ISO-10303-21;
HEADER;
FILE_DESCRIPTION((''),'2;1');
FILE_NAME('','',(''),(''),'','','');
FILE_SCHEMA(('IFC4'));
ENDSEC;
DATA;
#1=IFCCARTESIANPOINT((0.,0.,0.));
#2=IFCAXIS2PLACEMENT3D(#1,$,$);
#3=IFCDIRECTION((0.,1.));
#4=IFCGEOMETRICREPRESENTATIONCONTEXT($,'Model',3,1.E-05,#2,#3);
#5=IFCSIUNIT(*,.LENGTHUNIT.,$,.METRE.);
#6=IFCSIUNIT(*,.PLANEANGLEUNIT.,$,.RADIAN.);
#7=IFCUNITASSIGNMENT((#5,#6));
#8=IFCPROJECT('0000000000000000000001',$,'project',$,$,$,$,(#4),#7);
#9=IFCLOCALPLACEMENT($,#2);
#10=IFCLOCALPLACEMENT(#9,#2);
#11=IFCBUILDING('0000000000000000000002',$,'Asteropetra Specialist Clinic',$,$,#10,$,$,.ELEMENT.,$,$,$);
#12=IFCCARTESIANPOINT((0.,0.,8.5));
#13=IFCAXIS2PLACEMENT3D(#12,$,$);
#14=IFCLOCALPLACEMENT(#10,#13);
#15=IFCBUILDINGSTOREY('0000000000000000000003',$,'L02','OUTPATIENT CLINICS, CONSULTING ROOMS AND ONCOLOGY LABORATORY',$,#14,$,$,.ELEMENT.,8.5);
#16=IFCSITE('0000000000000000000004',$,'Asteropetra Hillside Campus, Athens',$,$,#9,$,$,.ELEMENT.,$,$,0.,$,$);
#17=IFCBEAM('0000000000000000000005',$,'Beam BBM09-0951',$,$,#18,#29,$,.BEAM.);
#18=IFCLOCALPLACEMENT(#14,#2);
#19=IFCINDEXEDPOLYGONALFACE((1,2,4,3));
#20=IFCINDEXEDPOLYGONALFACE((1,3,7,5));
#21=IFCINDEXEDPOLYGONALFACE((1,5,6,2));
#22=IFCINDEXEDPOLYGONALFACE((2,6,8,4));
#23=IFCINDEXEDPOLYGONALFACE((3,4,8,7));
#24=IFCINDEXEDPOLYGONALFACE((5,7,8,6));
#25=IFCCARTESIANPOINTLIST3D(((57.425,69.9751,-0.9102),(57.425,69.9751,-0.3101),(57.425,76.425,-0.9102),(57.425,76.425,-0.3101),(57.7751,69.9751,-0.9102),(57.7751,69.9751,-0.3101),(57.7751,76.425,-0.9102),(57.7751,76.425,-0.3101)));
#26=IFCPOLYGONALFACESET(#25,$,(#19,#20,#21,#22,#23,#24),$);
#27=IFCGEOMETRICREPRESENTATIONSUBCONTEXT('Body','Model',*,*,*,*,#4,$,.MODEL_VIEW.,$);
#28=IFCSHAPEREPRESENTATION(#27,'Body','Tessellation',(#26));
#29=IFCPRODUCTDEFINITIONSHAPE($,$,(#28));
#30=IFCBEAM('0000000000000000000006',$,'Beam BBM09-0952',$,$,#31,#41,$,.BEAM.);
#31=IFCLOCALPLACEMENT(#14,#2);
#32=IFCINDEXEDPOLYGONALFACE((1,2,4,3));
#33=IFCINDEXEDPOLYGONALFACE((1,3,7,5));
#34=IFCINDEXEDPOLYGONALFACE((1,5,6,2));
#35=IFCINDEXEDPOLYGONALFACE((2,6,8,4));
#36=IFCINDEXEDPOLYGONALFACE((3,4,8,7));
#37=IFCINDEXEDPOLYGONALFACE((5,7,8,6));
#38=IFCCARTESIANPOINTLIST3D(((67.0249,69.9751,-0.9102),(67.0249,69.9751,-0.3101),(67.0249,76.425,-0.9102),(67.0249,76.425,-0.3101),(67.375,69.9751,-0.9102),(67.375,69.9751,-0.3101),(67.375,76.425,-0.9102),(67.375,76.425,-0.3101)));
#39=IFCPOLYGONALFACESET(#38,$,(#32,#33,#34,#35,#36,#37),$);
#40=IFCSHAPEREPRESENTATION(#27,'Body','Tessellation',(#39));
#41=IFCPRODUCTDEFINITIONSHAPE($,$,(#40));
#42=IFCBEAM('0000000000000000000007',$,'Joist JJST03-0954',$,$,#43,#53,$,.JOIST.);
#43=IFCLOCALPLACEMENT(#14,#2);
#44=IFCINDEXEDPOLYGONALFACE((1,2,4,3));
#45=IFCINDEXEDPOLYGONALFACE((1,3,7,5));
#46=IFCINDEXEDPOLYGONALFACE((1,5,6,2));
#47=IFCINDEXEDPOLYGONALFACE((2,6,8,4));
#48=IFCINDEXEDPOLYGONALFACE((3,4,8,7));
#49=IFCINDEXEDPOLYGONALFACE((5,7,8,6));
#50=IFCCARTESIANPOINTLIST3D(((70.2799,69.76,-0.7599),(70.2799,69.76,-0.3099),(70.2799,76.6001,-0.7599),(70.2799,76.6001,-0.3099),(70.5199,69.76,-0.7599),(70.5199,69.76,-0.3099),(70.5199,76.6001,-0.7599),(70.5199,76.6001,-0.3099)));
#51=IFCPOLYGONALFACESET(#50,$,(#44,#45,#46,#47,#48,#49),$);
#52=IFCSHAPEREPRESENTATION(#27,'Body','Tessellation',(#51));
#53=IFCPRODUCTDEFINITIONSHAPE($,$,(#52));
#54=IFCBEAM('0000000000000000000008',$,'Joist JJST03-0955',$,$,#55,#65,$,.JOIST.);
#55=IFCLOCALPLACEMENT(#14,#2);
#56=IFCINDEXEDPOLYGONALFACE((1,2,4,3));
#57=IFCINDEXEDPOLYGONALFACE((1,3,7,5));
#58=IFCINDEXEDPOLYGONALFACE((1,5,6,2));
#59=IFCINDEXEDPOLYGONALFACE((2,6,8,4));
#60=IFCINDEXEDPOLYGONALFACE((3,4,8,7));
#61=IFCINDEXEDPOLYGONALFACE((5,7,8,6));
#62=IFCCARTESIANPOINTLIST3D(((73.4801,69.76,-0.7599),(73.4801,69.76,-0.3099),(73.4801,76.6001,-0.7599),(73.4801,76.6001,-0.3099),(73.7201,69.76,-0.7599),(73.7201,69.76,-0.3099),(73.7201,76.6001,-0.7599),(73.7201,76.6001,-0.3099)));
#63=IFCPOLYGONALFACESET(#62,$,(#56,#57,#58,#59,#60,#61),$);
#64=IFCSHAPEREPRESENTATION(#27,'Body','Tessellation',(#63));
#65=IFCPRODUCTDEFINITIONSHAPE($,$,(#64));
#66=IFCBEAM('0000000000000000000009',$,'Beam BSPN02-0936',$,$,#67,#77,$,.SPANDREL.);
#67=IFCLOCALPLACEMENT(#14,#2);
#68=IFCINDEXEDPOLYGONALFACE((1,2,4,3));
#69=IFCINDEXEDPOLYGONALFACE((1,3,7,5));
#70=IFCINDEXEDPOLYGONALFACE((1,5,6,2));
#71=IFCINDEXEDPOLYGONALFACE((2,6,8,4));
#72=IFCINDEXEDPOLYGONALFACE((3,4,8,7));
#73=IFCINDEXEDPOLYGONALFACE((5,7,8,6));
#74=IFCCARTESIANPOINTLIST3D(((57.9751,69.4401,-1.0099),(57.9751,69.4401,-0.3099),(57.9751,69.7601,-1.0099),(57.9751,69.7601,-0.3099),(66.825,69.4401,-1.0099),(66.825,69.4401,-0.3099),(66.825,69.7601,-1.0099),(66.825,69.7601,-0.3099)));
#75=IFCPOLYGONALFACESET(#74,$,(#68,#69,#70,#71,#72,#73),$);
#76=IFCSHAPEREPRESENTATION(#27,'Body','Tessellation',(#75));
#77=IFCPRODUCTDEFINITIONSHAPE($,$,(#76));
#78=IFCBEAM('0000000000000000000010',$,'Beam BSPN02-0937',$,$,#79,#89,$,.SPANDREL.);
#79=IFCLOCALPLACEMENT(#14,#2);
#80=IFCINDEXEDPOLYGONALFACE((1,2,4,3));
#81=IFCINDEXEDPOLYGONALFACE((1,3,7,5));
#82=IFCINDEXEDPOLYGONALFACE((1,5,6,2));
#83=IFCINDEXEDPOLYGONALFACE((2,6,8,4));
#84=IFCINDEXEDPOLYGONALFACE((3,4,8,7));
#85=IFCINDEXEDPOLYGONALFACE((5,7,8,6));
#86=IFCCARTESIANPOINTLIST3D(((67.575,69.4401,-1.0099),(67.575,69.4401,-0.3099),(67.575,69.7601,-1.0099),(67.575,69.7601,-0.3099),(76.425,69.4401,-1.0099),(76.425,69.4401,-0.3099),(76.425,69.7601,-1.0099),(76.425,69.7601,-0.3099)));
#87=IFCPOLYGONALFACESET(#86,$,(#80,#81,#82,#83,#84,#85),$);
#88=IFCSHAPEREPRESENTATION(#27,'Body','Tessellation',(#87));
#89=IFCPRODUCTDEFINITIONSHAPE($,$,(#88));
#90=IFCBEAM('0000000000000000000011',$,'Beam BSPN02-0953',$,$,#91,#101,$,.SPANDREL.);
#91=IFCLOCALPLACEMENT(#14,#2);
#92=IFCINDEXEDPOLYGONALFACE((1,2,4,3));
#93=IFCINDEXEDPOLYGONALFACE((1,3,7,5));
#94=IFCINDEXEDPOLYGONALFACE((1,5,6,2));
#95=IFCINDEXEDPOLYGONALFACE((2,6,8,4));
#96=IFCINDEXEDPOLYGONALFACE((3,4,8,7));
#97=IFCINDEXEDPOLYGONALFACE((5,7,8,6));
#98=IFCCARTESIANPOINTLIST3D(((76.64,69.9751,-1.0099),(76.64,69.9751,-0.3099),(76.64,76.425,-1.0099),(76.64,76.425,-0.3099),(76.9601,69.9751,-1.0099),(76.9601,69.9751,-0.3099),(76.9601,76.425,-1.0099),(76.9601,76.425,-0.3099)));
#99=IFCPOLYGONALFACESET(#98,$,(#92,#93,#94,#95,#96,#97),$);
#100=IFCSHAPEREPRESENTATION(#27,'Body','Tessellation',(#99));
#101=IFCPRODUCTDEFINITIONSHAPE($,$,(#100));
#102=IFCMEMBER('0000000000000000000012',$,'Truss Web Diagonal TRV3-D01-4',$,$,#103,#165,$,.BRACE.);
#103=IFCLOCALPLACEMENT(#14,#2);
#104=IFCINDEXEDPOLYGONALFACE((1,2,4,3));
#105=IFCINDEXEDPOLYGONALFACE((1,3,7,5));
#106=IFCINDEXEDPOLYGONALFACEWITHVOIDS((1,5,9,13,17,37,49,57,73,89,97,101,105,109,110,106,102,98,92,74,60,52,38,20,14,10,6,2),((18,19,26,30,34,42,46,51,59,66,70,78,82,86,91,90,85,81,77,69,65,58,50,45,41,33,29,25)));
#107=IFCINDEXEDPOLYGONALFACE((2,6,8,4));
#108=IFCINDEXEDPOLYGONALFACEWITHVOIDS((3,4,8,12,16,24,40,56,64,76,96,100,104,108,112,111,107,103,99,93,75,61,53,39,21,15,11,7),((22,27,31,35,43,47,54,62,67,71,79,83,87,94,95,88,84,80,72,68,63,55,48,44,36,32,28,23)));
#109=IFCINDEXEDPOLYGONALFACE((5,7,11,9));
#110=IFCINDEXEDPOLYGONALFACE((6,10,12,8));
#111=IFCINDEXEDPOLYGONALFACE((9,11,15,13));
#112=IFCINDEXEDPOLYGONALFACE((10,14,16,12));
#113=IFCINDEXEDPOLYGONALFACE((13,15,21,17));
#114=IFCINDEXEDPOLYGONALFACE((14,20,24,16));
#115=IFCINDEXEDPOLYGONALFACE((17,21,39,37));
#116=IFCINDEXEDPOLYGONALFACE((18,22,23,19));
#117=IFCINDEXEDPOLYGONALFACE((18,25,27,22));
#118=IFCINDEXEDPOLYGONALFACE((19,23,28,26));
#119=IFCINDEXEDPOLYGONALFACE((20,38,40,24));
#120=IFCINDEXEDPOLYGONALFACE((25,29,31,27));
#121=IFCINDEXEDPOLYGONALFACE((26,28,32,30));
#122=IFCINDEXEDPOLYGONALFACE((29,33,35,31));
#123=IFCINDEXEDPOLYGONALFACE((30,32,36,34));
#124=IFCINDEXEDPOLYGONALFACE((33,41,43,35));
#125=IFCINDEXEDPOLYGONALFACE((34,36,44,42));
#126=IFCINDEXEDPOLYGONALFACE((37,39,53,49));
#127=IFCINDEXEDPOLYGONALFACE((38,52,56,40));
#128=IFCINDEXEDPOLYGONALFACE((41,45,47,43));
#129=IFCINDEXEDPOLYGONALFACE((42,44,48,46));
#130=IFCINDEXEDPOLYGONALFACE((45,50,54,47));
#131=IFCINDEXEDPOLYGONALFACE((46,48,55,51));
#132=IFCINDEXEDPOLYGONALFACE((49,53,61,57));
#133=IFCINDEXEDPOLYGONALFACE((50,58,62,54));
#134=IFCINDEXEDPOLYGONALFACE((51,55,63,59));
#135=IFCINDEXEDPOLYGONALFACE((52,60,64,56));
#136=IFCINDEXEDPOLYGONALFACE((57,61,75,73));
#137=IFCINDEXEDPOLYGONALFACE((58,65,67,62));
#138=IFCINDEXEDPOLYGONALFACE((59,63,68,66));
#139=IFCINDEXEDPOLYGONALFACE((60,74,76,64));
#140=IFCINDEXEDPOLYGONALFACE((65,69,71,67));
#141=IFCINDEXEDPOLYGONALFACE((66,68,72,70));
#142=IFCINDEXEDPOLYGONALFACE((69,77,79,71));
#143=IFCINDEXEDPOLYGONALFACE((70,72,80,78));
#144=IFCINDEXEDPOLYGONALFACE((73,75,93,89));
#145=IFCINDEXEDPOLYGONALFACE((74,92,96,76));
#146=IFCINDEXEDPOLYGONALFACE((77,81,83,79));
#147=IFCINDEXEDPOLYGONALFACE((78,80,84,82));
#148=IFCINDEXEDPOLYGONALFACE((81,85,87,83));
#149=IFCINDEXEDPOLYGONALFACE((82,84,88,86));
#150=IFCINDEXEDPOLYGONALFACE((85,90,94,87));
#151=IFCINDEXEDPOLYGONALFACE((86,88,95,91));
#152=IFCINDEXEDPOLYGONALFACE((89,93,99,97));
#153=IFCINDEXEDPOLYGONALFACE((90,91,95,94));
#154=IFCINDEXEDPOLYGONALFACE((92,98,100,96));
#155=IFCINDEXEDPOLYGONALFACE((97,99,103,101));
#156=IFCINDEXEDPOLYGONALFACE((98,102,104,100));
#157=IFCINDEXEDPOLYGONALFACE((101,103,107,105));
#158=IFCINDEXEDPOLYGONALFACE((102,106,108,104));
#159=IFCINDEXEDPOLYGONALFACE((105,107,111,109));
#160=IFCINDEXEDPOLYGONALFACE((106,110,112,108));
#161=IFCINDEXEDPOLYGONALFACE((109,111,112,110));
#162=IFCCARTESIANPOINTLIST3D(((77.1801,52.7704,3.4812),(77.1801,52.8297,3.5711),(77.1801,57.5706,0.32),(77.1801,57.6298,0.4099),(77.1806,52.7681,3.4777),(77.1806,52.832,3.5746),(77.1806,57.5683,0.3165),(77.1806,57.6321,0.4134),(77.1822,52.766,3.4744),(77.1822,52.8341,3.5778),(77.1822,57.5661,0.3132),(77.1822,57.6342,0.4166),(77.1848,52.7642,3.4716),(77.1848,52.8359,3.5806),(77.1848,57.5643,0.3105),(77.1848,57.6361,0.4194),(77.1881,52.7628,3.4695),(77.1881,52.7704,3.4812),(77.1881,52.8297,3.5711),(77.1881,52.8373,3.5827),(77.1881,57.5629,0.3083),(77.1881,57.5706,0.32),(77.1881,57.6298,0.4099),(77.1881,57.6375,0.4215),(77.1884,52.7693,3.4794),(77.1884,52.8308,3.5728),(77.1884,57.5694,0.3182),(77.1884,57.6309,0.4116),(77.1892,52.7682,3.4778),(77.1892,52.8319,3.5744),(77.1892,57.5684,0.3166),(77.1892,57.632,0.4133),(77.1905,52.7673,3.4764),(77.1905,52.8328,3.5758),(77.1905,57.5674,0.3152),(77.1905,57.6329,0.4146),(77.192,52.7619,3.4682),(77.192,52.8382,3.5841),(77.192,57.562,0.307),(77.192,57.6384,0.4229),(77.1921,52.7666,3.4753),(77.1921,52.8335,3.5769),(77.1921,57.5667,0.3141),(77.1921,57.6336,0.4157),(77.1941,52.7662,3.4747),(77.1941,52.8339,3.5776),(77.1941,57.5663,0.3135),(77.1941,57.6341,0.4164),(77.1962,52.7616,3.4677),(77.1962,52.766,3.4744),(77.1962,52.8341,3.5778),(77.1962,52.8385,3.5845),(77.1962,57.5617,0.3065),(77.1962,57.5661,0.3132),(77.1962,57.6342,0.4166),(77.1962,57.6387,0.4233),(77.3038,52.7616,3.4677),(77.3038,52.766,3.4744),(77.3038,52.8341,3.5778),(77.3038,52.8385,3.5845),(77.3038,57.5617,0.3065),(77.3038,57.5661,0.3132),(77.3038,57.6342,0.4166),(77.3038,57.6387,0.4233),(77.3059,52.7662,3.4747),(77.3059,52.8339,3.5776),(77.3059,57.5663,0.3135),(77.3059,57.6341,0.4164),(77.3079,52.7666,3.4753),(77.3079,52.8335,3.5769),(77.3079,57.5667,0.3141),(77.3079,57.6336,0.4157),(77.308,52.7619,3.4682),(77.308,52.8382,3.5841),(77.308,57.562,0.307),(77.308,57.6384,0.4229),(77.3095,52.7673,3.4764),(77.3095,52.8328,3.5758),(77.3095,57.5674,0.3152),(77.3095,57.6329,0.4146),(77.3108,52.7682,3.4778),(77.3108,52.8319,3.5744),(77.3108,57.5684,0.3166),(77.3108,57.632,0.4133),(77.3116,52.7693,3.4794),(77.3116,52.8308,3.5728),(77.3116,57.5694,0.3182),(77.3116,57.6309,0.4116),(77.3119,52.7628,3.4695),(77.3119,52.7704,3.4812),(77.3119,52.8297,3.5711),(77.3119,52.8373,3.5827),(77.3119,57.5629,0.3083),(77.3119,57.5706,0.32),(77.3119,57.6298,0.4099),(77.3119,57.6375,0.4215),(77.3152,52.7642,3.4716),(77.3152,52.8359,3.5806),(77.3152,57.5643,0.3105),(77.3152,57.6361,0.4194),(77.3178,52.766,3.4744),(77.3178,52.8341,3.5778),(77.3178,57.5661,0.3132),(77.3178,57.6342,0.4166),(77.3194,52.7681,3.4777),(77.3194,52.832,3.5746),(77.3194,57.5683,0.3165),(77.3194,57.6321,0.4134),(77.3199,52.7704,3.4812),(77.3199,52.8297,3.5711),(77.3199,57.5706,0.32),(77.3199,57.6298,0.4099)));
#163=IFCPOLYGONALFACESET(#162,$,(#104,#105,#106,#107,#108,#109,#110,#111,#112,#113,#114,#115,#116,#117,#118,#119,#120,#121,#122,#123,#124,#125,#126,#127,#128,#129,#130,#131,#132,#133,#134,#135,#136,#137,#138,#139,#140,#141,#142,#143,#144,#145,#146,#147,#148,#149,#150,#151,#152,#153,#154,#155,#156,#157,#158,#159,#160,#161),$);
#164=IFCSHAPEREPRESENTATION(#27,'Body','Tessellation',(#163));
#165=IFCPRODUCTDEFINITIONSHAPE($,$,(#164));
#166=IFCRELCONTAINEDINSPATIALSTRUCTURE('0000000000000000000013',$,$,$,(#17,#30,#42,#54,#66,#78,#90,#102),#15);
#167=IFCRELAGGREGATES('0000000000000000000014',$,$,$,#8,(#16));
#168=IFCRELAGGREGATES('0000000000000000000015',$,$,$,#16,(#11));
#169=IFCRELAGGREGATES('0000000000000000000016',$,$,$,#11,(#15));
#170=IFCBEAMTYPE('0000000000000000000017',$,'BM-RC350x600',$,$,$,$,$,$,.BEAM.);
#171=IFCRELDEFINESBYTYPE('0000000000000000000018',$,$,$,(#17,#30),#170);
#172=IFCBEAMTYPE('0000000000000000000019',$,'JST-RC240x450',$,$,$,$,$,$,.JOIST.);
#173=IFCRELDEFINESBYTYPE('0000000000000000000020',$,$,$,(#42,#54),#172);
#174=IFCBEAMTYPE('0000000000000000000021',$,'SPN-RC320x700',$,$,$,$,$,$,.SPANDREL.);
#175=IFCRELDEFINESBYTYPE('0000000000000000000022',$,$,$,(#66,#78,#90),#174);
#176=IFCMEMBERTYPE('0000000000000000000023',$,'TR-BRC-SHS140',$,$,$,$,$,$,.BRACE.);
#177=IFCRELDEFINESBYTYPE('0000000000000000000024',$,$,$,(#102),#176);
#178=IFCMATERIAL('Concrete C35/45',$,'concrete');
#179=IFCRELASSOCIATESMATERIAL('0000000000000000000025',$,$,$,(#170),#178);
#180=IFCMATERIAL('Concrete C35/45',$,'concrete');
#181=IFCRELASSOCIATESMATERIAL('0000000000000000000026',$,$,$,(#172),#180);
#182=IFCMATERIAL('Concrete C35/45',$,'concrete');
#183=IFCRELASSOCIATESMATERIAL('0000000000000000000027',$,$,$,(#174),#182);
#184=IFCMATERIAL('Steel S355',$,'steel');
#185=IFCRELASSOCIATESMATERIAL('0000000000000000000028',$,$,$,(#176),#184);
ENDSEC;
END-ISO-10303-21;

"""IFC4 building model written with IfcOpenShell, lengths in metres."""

from ifc_helpers import new_model, si_unit, direction, frame, origin, origin_2d, place, context, subcontext, project, spatial, rectangle, hollow_rectangle, extrude, material, material_profile, profile_set, type_object, element, save


model = new_model("IFC4")

# Units and contexts
model_context = context("Model", 3, precision=1e-05, world=origin(), true_north=direction((0.0, 1.0)))
body_context = subcontext(model_context, "Body", "Model", "MODEL_VIEW")
ifc_project = project(units=[si_unit("LENGTHUNIT", "METRE"), si_unit("PLANEANGLEUNIT", "RADIAN")], contexts=[model_context])

# Site, building, storey
site_placement = place(None, origin())
site = spatial("IfcSite", under=ifc_project, at=site_placement, Name="Asteropetra Hillside Campus, Athens", CompositionType="ELEMENT", RefElevation=0.0)
building_placement = place(site_placement, origin())
building = spatial("IfcBuilding", under=site, at=building_placement, Name="Asteropetra Specialist Clinic", CompositionType="ELEMENT")
storey_placement = place(building_placement, frame((0.0, 0.0, 8.5)))
storey = spatial("IfcBuildingStorey", under=building, at=storey_placement, Name="L02", Description="OUTPATIENT CLINICS, CONSULTING ROOMS AND ONCOLOGY LABORATORY", CompositionType="ELEMENT", Elevation=8.5)

# Beams
ifc_material_1 = material(Name="Concrete C35/45", Category="concrete")
ifc_material_profile_1 = material_profile(ifc_material_1, rectangle(XDim=0.3501, YDim=0.6001, at=origin_2d()), Name="RCB 350x600")
ifc_profile_set_1 = profile_set([ifc_material_profile_1], Name="Concrete C35/45")
beam_type_1 = type_object("IfcBeamType", Name="BM-RC350x600", PredefinedType="BEAM", material=ifc_profile_set_1)
for number, where, z_axis, x_axis, name in (
    (1, (57.6001, 69.9751, -0.6101), (0.0, 1.0, 0.0), (-1.0, 0.0, 0.0), "Beam BBM09-0951"),
    (2, (67.2, 69.9751, -0.6101), (0.0, 1.0, 0.0), (-1.0, 0.0, 0.0), "Beam BBM09-0952"),
):
    element("IfcBeam", number, at=place(storey_placement, frame(where, z_axis=z_axis, x_axis=x_axis)), inside=storey, type_object=beam_type_1, Name=name, PredefinedType="BEAM", context=body_context, shape_type="SweptSolid", body=[
        extrude(rectangle(XDim=0.3501, YDim=0.6001, at=origin_2d()), origin(), (0.0, 0.0, 1.0), 6.45),
    ])
ifc_material_2 = material(Name="Concrete C35/45", Category="concrete")
ifc_material_profile_2 = material_profile(ifc_material_2, rectangle(XDim=0.24, YDim=0.45, at=origin_2d()), Name="RCJ 240x450")
ifc_profile_set_2 = profile_set([ifc_material_profile_2], Name="Concrete C35/45")
beam_type_2 = type_object("IfcBeamType", Name="JST-RC240x450", PredefinedType="JOIST", material=ifc_profile_set_2)
for number, where, z_axis, x_axis, name in (
    (3, (70.3999, 69.76, -0.5349), (0.0, 1.0, 0.0), (-1.0, 0.0, 0.0), "Joist JJST03-0954"),
    (4, (73.6001, 69.76, -0.5349), (0.0, 1.0, 0.0), (-1.0, 0.0, 0.0), "Joist JJST03-0955"),
):
    element("IfcBeam", number, at=place(storey_placement, frame(where, z_axis=z_axis, x_axis=x_axis)), inside=storey, type_object=beam_type_2, Name=name, PredefinedType="JOIST", context=body_context, shape_type="SweptSolid", body=[
        extrude(rectangle(XDim=0.24, YDim=0.45, at=origin_2d()), origin(), (0.0, 0.0, 1.0), 6.8401),
    ])
ifc_material_3 = material(Name="Concrete C35/45", Category="concrete")
ifc_material_profile_3 = material_profile(ifc_material_3, rectangle(XDim=0.3201, YDim=0.7, at=origin_2d()), Name="RCS 320x700")
ifc_profile_set_3 = profile_set([ifc_material_profile_3], Name="Concrete C35/45")
beam_type_3 = type_object("IfcBeamType", Name="SPN-RC320x700", PredefinedType="SPANDREL", material=ifc_profile_set_3)
beam_1_placement = place(storey_placement, frame((57.9751, 69.6001, -0.6599), z_axis=(1.0, 0.0, 0.0), x_axis=(0.0, 1.0, 0.0)))
element("IfcBeam", 5, at=beam_1_placement, inside=storey, type_object=beam_type_3, Name="Beam BSPN02-0936", PredefinedType="SPANDREL", context=body_context, shape_type="SweptSolid", body=[
    extrude(rectangle(XDim=0.3201, YDim=0.7, at=origin_2d()), origin(), (0.0, 0.0, 1.0), 8.8499),
])
beam_2_placement = place(storey_placement, frame((67.575, 69.6001, -0.6599), z_axis=(1.0, 0.0, 0.0), x_axis=(0.0, 1.0, 0.0)))
element("IfcBeam", 6, at=beam_2_placement, inside=storey, type_object=beam_type_3, Name="Beam BSPN02-0937", PredefinedType="SPANDREL", context=body_context, shape_type="SweptSolid", body=[
    extrude(rectangle(XDim=0.3201, YDim=0.7, at=origin_2d()), origin(), (0.0, 0.0, 1.0), 8.8501),
])
beam_3_placement = place(storey_placement, frame((76.8, 69.9751, -0.6599), z_axis=(0.0, 1.0, 0.0), x_axis=(-1.0, 0.0, 0.0)))
element("IfcBeam", 7, at=beam_3_placement, inside=storey, type_object=beam_type_3, Name="Beam BSPN02-0953", PredefinedType="SPANDREL", context=body_context, shape_type="SweptSolid", body=[
    extrude(rectangle(XDim=0.3201, YDim=0.7, at=origin_2d()), origin(), (0.0, 0.0, 1.0), 6.45),
])

# Member
ifc_material_4 = material(Name="Steel S355", Category="steel")
ifc_material_profile_4 = material_profile(ifc_material_4, hollow_rectangle(XDim=0.1399, YDim=0.1399, WallThickness=0.0081, InnerFilletRadius=0.0081, OuterFilletRadius=0.0161, at=origin_2d()), Name="SHS 140x140x8.0")
ifc_profile_set_4 = profile_set([ifc_material_profile_4], Name="Steel S355")
member_type_1 = type_object("IfcMemberType", Name="TR-BRC-SHS140", PredefinedType="BRACE", material=ifc_profile_set_4)
member_1_placement = place(storey_placement, frame((77.25, 52.8, 3.5261), z_axis=(0.0, 0.835161, -0.550006), x_axis=(-1.0, 0.0, 0.0)))
element("IfcMember", 8, at=member_1_placement, inside=storey, type_object=member_type_1, Name="Truss Web Diagonal TRV3-D01-4", PredefinedType="BRACE", context=body_context, shape_type="SweptSolid", body=[
    extrude(hollow_rectangle(XDim=0.1399, YDim=0.1399, WallThickness=0.0081, InnerFilletRadius=0.0081, OuterFilletRadius=0.0161, at=origin_2d()), origin(), (0.0, 0.0, 1.0), 5.7476),
])

save(model, "model.ifc")
